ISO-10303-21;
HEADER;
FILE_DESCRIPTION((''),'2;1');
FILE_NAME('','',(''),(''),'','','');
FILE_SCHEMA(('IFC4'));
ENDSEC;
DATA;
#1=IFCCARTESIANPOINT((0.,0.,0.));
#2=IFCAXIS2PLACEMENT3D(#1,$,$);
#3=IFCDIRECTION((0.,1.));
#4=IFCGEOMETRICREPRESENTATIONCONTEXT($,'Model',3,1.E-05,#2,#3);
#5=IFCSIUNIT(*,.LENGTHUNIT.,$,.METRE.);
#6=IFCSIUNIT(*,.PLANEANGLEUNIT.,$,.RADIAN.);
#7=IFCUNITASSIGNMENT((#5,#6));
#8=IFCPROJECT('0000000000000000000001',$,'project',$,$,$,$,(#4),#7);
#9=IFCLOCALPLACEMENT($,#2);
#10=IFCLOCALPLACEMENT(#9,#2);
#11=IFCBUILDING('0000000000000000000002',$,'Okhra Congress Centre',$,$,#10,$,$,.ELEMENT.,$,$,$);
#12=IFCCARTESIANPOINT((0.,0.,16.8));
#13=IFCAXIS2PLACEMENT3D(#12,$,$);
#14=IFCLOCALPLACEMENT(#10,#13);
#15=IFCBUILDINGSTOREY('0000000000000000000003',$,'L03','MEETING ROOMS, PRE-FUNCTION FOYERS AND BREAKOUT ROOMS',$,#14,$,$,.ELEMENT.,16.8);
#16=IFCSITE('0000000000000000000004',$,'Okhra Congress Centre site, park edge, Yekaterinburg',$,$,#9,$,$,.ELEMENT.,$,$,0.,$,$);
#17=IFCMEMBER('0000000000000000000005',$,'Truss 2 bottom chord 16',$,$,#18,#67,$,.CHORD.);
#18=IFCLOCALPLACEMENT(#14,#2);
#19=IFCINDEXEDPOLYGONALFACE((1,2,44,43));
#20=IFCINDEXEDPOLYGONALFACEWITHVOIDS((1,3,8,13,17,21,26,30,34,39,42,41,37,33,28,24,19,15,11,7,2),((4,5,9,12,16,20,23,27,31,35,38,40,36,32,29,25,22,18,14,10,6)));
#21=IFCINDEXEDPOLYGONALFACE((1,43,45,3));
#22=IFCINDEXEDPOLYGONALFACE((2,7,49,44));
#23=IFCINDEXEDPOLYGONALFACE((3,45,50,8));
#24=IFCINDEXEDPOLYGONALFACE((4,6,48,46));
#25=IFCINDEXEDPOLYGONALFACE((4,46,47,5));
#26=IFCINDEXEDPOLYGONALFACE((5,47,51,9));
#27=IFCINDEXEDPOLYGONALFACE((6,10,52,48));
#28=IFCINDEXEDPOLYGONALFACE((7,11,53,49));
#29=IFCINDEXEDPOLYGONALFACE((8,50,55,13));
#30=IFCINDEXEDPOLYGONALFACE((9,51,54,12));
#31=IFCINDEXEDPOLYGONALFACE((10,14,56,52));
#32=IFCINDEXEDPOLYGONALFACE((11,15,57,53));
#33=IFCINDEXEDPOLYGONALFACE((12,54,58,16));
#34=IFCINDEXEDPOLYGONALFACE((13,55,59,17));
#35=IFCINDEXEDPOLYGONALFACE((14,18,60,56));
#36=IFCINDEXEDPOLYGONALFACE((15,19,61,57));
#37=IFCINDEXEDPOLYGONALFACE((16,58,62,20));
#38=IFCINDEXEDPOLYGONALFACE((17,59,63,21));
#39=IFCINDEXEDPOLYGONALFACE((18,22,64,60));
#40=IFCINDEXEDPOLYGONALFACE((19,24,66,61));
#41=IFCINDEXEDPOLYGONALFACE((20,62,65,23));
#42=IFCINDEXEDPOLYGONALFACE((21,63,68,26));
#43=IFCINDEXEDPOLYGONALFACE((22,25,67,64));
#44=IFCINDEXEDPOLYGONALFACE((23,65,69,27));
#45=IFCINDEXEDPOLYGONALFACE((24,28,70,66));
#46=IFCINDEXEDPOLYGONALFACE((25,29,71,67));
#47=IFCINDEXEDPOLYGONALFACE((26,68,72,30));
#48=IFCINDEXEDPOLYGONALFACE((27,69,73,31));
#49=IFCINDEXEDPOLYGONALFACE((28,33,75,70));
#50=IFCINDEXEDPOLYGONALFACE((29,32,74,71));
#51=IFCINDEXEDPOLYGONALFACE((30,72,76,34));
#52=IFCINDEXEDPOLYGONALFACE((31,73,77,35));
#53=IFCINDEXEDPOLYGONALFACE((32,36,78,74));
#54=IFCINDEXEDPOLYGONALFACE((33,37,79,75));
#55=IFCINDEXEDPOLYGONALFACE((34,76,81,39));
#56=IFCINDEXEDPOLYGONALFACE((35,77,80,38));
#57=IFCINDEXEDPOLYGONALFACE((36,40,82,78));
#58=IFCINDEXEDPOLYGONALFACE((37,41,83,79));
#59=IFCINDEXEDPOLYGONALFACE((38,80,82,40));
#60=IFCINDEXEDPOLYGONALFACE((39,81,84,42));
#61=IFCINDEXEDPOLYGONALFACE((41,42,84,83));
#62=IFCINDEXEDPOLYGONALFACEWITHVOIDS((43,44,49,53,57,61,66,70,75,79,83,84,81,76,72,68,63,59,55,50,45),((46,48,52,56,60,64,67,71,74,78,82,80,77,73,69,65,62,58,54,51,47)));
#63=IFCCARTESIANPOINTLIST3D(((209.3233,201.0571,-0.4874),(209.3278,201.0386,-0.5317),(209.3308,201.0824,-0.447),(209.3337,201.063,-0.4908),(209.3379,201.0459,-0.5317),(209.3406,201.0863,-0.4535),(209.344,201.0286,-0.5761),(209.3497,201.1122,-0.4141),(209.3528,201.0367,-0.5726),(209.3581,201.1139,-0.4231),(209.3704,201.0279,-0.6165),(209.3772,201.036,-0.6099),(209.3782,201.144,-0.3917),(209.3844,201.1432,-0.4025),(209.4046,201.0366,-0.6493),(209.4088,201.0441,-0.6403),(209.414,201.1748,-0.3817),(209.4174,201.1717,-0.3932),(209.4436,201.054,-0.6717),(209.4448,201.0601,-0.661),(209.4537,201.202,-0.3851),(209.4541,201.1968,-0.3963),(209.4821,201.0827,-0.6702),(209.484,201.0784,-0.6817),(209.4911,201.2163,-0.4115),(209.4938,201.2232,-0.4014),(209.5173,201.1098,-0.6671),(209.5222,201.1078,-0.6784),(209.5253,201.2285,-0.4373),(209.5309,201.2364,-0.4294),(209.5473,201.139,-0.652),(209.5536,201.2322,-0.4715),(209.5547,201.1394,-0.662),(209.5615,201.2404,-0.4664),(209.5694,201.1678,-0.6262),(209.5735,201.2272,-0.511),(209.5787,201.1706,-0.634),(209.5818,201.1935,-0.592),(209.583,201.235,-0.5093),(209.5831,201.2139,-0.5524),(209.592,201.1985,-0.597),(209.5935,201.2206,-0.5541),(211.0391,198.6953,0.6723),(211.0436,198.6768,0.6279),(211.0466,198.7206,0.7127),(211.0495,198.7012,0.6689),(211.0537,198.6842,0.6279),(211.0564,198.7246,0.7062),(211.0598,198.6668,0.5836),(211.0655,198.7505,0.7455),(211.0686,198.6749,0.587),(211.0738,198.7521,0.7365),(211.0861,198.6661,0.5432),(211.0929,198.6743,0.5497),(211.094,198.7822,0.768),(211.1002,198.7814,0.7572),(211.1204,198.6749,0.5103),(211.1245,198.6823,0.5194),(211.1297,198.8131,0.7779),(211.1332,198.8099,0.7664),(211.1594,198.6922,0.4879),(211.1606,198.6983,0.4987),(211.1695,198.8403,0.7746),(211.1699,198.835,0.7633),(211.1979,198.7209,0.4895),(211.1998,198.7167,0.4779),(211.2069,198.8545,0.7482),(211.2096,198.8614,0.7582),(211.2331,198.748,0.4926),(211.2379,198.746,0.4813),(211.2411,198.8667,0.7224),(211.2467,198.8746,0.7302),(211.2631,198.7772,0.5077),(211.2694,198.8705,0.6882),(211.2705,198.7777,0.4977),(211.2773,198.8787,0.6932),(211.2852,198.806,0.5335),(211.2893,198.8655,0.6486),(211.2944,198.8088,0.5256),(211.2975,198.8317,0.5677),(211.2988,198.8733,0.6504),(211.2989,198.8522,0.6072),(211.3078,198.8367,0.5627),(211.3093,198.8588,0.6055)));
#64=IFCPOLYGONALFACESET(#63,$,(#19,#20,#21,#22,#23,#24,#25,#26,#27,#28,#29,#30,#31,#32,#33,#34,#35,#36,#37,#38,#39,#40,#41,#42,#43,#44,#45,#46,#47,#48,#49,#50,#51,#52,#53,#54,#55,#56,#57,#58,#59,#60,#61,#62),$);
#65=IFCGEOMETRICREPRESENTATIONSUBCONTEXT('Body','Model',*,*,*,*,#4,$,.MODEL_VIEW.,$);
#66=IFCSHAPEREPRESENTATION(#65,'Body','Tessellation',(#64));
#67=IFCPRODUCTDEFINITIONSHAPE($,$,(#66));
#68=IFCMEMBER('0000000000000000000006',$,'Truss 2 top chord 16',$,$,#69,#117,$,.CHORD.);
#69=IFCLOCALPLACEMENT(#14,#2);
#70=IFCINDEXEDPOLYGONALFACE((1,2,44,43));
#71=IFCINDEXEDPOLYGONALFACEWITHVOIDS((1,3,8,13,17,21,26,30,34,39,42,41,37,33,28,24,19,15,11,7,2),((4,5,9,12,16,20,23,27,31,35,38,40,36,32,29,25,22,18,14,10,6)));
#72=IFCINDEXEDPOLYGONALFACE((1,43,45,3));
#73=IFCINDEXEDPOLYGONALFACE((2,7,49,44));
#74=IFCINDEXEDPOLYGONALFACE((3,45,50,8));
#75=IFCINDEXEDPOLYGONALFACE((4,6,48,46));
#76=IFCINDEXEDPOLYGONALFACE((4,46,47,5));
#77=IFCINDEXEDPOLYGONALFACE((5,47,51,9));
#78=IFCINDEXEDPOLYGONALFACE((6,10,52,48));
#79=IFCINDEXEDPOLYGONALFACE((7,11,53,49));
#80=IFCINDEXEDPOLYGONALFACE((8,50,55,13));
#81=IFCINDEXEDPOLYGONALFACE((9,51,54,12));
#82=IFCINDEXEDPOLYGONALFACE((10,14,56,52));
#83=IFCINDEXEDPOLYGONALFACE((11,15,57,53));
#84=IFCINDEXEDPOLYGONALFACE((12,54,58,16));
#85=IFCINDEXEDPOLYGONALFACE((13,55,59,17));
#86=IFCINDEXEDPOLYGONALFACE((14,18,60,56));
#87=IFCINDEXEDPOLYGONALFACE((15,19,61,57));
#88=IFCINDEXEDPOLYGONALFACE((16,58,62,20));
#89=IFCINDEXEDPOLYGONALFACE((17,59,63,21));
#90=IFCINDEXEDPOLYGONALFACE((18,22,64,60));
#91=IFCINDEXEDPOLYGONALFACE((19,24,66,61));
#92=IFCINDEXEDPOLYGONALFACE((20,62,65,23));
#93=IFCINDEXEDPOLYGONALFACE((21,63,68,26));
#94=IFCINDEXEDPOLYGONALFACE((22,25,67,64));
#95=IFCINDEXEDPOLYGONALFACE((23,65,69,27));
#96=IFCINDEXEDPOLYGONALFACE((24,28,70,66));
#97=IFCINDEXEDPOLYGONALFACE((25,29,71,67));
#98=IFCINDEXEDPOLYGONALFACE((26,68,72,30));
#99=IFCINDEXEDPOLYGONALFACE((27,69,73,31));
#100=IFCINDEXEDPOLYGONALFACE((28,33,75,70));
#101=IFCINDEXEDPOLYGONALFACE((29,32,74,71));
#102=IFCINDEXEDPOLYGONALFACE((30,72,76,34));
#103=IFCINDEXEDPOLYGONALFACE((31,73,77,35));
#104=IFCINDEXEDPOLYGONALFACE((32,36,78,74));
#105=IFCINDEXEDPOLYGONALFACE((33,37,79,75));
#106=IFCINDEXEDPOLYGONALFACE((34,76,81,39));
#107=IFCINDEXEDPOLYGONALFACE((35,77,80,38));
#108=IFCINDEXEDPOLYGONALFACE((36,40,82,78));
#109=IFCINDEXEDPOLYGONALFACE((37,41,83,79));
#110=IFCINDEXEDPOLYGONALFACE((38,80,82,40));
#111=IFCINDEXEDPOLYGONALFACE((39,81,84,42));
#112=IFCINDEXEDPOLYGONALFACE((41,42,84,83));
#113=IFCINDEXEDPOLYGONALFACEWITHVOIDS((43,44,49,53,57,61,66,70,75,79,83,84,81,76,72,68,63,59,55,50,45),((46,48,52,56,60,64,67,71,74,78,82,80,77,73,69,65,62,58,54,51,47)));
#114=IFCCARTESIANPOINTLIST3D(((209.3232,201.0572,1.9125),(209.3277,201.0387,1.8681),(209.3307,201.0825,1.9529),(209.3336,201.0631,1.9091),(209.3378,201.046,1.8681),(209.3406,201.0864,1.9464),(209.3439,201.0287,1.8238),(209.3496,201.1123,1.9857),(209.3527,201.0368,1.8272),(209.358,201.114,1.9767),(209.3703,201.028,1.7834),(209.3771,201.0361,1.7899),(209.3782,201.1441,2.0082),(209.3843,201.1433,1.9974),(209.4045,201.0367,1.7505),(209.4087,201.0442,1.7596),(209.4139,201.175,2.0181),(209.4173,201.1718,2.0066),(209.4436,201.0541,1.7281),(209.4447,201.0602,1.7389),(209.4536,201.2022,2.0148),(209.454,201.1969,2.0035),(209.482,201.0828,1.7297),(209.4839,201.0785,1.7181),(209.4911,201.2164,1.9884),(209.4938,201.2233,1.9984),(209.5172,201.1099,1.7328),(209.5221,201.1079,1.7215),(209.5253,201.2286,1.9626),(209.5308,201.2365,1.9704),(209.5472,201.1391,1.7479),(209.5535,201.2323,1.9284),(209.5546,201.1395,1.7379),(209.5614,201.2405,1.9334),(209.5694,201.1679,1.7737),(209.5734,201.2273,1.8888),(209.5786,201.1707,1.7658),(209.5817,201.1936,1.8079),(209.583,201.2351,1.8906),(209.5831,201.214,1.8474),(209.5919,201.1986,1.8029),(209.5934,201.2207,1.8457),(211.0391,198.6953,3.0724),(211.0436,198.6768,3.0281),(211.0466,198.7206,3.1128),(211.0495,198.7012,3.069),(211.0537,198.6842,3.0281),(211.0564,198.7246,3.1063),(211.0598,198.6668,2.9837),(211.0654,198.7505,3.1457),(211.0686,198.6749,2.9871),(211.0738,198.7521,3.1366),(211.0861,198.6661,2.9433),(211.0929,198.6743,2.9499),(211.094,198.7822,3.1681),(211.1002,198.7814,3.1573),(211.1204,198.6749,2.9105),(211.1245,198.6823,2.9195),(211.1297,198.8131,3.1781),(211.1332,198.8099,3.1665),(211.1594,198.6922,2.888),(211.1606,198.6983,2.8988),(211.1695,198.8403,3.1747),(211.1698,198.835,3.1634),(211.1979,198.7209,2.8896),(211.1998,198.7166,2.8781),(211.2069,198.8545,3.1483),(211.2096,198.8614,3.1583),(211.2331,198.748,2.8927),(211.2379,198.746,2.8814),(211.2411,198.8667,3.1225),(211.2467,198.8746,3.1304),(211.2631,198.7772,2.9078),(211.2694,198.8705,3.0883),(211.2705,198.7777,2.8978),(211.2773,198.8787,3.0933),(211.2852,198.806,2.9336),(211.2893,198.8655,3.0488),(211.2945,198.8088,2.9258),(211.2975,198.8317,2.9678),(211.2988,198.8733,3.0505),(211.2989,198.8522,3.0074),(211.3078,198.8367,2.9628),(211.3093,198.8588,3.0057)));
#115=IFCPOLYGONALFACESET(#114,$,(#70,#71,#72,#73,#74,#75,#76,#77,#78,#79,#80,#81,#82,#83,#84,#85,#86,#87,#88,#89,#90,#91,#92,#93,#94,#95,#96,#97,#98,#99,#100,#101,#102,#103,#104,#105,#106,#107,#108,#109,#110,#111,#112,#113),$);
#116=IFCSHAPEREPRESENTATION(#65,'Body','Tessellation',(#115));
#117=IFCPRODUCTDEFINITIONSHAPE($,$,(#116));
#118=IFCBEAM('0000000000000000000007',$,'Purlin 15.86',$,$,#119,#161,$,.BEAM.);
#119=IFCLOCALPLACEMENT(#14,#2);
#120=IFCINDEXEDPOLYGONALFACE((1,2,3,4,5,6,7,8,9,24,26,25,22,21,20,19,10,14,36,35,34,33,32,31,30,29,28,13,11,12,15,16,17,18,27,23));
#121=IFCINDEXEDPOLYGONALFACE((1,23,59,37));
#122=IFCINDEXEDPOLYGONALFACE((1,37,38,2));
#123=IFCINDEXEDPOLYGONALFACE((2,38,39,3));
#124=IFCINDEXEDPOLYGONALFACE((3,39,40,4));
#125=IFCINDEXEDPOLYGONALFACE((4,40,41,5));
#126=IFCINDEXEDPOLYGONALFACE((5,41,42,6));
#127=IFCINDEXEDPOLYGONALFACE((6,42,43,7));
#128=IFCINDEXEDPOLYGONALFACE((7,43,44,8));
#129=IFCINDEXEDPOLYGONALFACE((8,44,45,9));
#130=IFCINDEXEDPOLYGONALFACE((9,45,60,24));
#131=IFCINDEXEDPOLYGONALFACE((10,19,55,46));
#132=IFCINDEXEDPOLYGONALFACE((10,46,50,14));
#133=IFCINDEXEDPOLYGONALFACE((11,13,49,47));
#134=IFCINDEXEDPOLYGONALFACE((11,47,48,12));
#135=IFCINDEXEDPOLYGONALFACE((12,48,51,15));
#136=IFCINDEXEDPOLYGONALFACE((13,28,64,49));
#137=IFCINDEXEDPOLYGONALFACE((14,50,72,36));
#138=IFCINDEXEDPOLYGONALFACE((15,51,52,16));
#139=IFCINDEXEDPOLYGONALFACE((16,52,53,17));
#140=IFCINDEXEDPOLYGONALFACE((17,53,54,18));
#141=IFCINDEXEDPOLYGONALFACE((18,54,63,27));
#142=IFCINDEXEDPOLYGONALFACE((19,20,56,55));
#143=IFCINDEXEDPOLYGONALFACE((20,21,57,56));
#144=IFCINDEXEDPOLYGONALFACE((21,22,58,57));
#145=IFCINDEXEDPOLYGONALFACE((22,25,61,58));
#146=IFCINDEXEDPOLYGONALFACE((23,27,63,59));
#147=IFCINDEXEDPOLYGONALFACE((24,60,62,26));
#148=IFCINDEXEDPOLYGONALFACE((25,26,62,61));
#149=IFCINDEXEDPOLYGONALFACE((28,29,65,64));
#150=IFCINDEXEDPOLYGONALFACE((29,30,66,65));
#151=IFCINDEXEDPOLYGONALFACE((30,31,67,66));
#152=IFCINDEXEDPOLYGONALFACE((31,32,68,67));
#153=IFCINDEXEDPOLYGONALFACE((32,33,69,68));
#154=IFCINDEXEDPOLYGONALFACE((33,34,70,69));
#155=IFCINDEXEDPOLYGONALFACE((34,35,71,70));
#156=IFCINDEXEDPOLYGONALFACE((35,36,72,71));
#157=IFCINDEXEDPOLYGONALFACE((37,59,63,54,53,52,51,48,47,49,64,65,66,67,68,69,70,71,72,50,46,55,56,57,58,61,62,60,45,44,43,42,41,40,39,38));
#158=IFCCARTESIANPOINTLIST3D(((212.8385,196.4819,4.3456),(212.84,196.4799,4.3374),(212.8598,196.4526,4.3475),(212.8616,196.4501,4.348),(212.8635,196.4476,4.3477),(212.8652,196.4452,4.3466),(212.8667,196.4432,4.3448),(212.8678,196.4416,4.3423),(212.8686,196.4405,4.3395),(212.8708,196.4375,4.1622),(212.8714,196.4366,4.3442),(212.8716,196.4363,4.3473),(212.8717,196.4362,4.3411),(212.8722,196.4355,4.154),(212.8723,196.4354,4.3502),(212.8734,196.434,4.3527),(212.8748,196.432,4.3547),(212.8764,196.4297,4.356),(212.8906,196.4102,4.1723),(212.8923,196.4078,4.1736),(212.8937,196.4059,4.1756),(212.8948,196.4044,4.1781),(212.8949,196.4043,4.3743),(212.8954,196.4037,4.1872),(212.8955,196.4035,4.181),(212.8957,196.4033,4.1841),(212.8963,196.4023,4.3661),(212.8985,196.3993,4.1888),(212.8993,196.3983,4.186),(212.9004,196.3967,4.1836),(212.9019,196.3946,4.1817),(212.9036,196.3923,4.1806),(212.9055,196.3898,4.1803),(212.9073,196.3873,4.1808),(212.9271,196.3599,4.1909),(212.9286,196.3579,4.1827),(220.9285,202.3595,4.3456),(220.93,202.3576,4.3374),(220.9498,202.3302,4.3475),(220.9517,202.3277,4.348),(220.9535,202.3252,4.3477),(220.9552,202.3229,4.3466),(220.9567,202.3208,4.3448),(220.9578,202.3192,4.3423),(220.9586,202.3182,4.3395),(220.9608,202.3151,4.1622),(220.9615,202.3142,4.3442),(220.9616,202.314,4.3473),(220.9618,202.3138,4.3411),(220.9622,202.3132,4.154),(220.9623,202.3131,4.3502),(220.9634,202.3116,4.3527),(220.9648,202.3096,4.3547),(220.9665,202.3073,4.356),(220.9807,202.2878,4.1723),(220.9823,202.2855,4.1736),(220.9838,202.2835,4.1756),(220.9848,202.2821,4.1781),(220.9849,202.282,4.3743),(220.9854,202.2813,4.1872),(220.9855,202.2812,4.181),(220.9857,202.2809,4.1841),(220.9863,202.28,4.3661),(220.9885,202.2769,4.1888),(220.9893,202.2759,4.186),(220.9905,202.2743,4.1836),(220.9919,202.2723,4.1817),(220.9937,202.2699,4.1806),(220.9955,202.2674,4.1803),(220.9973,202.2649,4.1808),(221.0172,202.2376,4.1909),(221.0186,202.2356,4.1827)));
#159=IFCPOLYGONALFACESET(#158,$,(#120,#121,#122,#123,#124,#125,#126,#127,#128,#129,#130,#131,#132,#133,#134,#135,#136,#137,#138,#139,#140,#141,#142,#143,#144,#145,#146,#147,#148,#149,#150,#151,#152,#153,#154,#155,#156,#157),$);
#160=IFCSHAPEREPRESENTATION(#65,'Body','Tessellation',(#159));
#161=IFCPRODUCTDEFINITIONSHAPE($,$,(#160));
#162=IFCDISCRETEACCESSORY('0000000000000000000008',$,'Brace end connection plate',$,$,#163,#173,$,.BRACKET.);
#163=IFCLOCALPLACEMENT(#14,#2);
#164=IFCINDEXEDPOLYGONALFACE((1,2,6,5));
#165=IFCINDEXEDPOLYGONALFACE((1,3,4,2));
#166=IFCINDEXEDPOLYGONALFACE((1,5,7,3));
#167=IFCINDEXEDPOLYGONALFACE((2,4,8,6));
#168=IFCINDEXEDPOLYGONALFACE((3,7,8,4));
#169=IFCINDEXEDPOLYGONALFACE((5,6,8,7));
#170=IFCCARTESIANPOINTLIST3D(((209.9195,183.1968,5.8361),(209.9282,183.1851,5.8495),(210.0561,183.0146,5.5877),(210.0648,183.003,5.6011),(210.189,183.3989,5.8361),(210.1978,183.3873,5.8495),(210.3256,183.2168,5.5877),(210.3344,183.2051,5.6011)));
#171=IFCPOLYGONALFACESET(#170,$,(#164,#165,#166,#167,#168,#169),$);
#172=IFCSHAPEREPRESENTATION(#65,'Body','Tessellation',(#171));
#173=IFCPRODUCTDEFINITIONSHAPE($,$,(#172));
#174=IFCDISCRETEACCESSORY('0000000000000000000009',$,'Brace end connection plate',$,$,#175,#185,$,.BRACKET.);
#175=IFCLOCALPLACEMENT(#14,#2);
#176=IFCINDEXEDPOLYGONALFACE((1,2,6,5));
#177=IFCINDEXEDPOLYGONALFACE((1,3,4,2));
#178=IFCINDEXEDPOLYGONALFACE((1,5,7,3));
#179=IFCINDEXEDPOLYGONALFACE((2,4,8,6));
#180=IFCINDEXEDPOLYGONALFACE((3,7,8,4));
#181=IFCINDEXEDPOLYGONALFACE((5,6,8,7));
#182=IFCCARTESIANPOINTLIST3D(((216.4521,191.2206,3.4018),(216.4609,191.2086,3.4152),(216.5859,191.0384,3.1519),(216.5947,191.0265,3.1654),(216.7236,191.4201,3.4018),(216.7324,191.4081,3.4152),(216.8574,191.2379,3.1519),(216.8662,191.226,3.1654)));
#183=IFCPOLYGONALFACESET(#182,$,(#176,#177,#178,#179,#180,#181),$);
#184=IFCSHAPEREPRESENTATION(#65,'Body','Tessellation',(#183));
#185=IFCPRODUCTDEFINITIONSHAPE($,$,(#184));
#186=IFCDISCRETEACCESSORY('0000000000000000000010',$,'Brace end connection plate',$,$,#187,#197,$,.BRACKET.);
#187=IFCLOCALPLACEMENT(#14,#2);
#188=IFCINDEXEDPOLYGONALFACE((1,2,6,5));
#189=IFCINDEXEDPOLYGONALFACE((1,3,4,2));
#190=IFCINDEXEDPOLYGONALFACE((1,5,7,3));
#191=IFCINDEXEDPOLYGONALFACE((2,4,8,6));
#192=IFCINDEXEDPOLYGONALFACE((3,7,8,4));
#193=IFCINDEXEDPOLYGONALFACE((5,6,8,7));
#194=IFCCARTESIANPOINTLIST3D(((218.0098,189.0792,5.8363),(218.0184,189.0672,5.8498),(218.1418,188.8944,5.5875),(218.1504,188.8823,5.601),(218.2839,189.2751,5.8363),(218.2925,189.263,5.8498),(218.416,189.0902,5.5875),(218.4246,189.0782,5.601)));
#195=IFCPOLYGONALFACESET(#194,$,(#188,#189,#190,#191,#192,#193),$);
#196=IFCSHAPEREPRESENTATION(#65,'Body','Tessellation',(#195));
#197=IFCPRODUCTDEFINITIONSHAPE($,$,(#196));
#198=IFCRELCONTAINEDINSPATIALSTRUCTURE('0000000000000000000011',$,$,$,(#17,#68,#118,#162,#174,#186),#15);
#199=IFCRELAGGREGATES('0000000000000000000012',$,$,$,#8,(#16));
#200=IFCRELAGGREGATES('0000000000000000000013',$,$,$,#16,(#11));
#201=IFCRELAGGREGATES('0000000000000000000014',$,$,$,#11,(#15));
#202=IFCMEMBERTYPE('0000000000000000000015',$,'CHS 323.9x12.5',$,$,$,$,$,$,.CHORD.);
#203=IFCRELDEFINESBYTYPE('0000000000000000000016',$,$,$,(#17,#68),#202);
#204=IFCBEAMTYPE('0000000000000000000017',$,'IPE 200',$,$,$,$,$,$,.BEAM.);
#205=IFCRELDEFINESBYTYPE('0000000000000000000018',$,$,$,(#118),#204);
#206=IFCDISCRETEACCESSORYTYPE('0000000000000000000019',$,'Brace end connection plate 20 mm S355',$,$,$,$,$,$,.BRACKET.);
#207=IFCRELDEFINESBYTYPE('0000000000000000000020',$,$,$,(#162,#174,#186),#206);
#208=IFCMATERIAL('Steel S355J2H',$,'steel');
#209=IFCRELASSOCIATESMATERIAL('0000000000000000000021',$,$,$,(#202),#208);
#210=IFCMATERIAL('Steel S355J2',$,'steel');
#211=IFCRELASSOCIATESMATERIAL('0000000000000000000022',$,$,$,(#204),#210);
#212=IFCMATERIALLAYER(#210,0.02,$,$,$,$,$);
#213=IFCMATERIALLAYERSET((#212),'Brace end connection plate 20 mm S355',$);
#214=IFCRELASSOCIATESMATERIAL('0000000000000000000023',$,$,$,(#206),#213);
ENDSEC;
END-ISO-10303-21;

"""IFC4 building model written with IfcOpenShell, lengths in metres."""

from ifc_helpers import new_model, si_unit, direction, frame, origin, origin_2d, place, context, subcontext, project, spatial, rectangle, hollow_circle, i_section, extrude, material, layer, layer_set, material_profile, profile_set, type_object, element, save


model = new_model("IFC4")

# Units and contexts
model_context = context("Model", 3, precision=1e-05, world=origin(), true_north=direction((0.0, 1.0)))
body_context = subcontext(model_context, "Body", "Model", "MODEL_VIEW")
ifc_project = project(units=[si_unit("LENGTHUNIT", "METRE"), si_unit("PLANEANGLEUNIT", "RADIAN")], contexts=[model_context])

# Site, building, storey
site_placement = place(None, origin())
site = spatial("IfcSite", under=ifc_project, at=site_placement, Name="Okhra Congress Centre site, park edge, Yekaterinburg", CompositionType="ELEMENT", RefElevation=0.0)
building_placement = place(site_placement, origin())
building = spatial("IfcBuilding", under=site, at=building_placement, Name="Okhra Congress Centre", CompositionType="ELEMENT")
storey_placement = place(building_placement, frame((0.0, 0.0, 16.8)))
storey = spatial("IfcBuildingStorey", under=building, at=storey_placement, Name="L03", Description="MEETING ROOMS, PRE-FUNCTION FOYERS AND BREAKOUT ROOMS", CompositionType="ELEMENT", Elevation=16.8)

# Members
ifc_material_1 = material(Name="Steel S355J2H", Category="steel")
ifc_material_profile_1 = material_profile(ifc_material_1, hollow_circle(Radius=0.1619, WallThickness=0.0125, at=origin_2d()), Name="CHS 323.9x12.5")
ifc_profile_set_1 = profile_set([ifc_material_profile_1], Name="Steel S355J2H")
member_type_1 = type_object("IfcMemberType", Name="CHS 323.9x12.5", PredefinedType="CHORD", material=ifc_profile_set_1)
for number, where, z_axis, x_axis, name in (
    (1, (211.1746, 198.772, 0.6279), (-0.546233, 0.751887, -0.369182), (-0.80904, -0.587754, 0.0), "Truss 2 bottom chord 16"),
):
    element("IfcMember", number, at=place(storey_placement, frame(where, z_axis=z_axis, x_axis=x_axis)), inside=storey, type_object=member_type_1, Name=name, PredefinedType="CHORD", context=body_context, shape_type="SweptSolid", body=[
        extrude(hollow_circle(Radius=0.1619, WallThickness=0.0125, at=origin_2d()), origin(), (0.0, 0.0, 1.0), 3.1411),
    ])
member_1_placement = place(storey_placement, frame((211.1746, 198.772, 3.0281), z_axis=(-0.546218, 0.751865, -0.369249), x_axis=(-0.80904, -0.587754, 0.0)))
element("IfcMember", 2, at=member_1_placement, inside=storey, type_object=member_type_1, Name="Truss 2 top chord 16", PredefinedType="CHORD", context=body_context, shape_type="SweptSolid", body=[
    extrude(hollow_circle(Radius=0.1619, WallThickness=0.0125, at=origin_2d()), origin(), (0.0, 0.0, 1.0), 3.1414),
])

# Beam
ifc_material_2 = material(Name="Steel S355J2", Category="steel")
ifc_material_profile_2 = material_profile(ifc_material_2, i_section(OverallWidth=0.1001, OverallDepth=0.2, WebThickness=0.0056, FlangeThickness=0.0085, FilletRadius=0.012, at=origin_2d()), Name="IPE 200")
ifc_profile_set_2 = profile_set([ifc_material_profile_2], Name="Steel S355J2")
beam_type = type_object("IfcBeamType", Name="IPE 200", PredefinedType="BEAM", material=ifc_profile_set_2)
beam_placement = place(storey_placement, frame((212.8835, 196.4199, 4.2642), z_axis=(0.809022, 0.587778, 0.0), x_axis=(-0.563085, 0.775035, -0.286803)))
element("IfcBeam", 3, at=beam_placement, inside=storey, type_object=beam_type, Name="Purlin 15.86", PredefinedType="BEAM", context=body_context, shape_type="SweptSolid", body=[
    extrude(i_section(OverallWidth=0.1001, OverallDepth=0.2, WebThickness=0.0056, FlangeThickness=0.0085, FilletRadius=0.012, at=origin_2d()), origin(), (0.0, 0.0, 1.0), 9.9998),
])

# Discrete accessories
ifc_layer = layer(ifc_material_2, 0.02)
ifc_layer_set = layer_set([ifc_layer], Name="Brace end connection plate 20 mm S355")
discrete_accessory_type = type_object("IfcDiscreteAccessoryType", Name="Brace end connection plate 20 mm S355", PredefinedType="BRACKET", material=ifc_layer_set)
discrete_accessory_1_placement = place(storey_placement, frame((210.1226, 183.2068, 5.7119), z_axis=(0.442292, -0.589723, 0.675725), x_axis=(0.8, 0.6, 0.0)))
element("IfcDiscreteAccessory", 4, at=discrete_accessory_1_placement, inside=storey, type_object=discrete_accessory_type, Name="Brace end connection plate", PredefinedType="BRACKET", context=body_context, shape_type="SweptSolid", body=[
    extrude(rectangle(XDim=0.3369, YDim=0.3369, at=origin_2d()), origin(), (0.0, 0.0, 1.0), 0.0198),
])
for number, where, z_axis, x_axis, name in (
    (5, (216.6636, 191.2173, 3.2903), (-0.43909, 0.59765, -0.670831), (-0.805882, -0.592076, 0.0), "Brace end connection plate"),
    (6, (218.2129, 189.0847, 5.7119), (0.429165, -0.600831, 0.674403), (0.813733, 0.581238, 0.0), "Brace end connection plate"),
):
    element("IfcDiscreteAccessory", number, at=place(storey_placement, frame(where, z_axis=z_axis, x_axis=x_axis)), inside=storey, type_object=discrete_accessory_type, Name=name, PredefinedType="BRACKET", context=body_context, shape_type="SweptSolid", body=[
        extrude(rectangle(XDim=0.3369, YDim=0.3369, at=origin_2d()), origin(), (0.0, 0.0, 1.0), 0.02),
    ])

save(model, "model.ifc")
